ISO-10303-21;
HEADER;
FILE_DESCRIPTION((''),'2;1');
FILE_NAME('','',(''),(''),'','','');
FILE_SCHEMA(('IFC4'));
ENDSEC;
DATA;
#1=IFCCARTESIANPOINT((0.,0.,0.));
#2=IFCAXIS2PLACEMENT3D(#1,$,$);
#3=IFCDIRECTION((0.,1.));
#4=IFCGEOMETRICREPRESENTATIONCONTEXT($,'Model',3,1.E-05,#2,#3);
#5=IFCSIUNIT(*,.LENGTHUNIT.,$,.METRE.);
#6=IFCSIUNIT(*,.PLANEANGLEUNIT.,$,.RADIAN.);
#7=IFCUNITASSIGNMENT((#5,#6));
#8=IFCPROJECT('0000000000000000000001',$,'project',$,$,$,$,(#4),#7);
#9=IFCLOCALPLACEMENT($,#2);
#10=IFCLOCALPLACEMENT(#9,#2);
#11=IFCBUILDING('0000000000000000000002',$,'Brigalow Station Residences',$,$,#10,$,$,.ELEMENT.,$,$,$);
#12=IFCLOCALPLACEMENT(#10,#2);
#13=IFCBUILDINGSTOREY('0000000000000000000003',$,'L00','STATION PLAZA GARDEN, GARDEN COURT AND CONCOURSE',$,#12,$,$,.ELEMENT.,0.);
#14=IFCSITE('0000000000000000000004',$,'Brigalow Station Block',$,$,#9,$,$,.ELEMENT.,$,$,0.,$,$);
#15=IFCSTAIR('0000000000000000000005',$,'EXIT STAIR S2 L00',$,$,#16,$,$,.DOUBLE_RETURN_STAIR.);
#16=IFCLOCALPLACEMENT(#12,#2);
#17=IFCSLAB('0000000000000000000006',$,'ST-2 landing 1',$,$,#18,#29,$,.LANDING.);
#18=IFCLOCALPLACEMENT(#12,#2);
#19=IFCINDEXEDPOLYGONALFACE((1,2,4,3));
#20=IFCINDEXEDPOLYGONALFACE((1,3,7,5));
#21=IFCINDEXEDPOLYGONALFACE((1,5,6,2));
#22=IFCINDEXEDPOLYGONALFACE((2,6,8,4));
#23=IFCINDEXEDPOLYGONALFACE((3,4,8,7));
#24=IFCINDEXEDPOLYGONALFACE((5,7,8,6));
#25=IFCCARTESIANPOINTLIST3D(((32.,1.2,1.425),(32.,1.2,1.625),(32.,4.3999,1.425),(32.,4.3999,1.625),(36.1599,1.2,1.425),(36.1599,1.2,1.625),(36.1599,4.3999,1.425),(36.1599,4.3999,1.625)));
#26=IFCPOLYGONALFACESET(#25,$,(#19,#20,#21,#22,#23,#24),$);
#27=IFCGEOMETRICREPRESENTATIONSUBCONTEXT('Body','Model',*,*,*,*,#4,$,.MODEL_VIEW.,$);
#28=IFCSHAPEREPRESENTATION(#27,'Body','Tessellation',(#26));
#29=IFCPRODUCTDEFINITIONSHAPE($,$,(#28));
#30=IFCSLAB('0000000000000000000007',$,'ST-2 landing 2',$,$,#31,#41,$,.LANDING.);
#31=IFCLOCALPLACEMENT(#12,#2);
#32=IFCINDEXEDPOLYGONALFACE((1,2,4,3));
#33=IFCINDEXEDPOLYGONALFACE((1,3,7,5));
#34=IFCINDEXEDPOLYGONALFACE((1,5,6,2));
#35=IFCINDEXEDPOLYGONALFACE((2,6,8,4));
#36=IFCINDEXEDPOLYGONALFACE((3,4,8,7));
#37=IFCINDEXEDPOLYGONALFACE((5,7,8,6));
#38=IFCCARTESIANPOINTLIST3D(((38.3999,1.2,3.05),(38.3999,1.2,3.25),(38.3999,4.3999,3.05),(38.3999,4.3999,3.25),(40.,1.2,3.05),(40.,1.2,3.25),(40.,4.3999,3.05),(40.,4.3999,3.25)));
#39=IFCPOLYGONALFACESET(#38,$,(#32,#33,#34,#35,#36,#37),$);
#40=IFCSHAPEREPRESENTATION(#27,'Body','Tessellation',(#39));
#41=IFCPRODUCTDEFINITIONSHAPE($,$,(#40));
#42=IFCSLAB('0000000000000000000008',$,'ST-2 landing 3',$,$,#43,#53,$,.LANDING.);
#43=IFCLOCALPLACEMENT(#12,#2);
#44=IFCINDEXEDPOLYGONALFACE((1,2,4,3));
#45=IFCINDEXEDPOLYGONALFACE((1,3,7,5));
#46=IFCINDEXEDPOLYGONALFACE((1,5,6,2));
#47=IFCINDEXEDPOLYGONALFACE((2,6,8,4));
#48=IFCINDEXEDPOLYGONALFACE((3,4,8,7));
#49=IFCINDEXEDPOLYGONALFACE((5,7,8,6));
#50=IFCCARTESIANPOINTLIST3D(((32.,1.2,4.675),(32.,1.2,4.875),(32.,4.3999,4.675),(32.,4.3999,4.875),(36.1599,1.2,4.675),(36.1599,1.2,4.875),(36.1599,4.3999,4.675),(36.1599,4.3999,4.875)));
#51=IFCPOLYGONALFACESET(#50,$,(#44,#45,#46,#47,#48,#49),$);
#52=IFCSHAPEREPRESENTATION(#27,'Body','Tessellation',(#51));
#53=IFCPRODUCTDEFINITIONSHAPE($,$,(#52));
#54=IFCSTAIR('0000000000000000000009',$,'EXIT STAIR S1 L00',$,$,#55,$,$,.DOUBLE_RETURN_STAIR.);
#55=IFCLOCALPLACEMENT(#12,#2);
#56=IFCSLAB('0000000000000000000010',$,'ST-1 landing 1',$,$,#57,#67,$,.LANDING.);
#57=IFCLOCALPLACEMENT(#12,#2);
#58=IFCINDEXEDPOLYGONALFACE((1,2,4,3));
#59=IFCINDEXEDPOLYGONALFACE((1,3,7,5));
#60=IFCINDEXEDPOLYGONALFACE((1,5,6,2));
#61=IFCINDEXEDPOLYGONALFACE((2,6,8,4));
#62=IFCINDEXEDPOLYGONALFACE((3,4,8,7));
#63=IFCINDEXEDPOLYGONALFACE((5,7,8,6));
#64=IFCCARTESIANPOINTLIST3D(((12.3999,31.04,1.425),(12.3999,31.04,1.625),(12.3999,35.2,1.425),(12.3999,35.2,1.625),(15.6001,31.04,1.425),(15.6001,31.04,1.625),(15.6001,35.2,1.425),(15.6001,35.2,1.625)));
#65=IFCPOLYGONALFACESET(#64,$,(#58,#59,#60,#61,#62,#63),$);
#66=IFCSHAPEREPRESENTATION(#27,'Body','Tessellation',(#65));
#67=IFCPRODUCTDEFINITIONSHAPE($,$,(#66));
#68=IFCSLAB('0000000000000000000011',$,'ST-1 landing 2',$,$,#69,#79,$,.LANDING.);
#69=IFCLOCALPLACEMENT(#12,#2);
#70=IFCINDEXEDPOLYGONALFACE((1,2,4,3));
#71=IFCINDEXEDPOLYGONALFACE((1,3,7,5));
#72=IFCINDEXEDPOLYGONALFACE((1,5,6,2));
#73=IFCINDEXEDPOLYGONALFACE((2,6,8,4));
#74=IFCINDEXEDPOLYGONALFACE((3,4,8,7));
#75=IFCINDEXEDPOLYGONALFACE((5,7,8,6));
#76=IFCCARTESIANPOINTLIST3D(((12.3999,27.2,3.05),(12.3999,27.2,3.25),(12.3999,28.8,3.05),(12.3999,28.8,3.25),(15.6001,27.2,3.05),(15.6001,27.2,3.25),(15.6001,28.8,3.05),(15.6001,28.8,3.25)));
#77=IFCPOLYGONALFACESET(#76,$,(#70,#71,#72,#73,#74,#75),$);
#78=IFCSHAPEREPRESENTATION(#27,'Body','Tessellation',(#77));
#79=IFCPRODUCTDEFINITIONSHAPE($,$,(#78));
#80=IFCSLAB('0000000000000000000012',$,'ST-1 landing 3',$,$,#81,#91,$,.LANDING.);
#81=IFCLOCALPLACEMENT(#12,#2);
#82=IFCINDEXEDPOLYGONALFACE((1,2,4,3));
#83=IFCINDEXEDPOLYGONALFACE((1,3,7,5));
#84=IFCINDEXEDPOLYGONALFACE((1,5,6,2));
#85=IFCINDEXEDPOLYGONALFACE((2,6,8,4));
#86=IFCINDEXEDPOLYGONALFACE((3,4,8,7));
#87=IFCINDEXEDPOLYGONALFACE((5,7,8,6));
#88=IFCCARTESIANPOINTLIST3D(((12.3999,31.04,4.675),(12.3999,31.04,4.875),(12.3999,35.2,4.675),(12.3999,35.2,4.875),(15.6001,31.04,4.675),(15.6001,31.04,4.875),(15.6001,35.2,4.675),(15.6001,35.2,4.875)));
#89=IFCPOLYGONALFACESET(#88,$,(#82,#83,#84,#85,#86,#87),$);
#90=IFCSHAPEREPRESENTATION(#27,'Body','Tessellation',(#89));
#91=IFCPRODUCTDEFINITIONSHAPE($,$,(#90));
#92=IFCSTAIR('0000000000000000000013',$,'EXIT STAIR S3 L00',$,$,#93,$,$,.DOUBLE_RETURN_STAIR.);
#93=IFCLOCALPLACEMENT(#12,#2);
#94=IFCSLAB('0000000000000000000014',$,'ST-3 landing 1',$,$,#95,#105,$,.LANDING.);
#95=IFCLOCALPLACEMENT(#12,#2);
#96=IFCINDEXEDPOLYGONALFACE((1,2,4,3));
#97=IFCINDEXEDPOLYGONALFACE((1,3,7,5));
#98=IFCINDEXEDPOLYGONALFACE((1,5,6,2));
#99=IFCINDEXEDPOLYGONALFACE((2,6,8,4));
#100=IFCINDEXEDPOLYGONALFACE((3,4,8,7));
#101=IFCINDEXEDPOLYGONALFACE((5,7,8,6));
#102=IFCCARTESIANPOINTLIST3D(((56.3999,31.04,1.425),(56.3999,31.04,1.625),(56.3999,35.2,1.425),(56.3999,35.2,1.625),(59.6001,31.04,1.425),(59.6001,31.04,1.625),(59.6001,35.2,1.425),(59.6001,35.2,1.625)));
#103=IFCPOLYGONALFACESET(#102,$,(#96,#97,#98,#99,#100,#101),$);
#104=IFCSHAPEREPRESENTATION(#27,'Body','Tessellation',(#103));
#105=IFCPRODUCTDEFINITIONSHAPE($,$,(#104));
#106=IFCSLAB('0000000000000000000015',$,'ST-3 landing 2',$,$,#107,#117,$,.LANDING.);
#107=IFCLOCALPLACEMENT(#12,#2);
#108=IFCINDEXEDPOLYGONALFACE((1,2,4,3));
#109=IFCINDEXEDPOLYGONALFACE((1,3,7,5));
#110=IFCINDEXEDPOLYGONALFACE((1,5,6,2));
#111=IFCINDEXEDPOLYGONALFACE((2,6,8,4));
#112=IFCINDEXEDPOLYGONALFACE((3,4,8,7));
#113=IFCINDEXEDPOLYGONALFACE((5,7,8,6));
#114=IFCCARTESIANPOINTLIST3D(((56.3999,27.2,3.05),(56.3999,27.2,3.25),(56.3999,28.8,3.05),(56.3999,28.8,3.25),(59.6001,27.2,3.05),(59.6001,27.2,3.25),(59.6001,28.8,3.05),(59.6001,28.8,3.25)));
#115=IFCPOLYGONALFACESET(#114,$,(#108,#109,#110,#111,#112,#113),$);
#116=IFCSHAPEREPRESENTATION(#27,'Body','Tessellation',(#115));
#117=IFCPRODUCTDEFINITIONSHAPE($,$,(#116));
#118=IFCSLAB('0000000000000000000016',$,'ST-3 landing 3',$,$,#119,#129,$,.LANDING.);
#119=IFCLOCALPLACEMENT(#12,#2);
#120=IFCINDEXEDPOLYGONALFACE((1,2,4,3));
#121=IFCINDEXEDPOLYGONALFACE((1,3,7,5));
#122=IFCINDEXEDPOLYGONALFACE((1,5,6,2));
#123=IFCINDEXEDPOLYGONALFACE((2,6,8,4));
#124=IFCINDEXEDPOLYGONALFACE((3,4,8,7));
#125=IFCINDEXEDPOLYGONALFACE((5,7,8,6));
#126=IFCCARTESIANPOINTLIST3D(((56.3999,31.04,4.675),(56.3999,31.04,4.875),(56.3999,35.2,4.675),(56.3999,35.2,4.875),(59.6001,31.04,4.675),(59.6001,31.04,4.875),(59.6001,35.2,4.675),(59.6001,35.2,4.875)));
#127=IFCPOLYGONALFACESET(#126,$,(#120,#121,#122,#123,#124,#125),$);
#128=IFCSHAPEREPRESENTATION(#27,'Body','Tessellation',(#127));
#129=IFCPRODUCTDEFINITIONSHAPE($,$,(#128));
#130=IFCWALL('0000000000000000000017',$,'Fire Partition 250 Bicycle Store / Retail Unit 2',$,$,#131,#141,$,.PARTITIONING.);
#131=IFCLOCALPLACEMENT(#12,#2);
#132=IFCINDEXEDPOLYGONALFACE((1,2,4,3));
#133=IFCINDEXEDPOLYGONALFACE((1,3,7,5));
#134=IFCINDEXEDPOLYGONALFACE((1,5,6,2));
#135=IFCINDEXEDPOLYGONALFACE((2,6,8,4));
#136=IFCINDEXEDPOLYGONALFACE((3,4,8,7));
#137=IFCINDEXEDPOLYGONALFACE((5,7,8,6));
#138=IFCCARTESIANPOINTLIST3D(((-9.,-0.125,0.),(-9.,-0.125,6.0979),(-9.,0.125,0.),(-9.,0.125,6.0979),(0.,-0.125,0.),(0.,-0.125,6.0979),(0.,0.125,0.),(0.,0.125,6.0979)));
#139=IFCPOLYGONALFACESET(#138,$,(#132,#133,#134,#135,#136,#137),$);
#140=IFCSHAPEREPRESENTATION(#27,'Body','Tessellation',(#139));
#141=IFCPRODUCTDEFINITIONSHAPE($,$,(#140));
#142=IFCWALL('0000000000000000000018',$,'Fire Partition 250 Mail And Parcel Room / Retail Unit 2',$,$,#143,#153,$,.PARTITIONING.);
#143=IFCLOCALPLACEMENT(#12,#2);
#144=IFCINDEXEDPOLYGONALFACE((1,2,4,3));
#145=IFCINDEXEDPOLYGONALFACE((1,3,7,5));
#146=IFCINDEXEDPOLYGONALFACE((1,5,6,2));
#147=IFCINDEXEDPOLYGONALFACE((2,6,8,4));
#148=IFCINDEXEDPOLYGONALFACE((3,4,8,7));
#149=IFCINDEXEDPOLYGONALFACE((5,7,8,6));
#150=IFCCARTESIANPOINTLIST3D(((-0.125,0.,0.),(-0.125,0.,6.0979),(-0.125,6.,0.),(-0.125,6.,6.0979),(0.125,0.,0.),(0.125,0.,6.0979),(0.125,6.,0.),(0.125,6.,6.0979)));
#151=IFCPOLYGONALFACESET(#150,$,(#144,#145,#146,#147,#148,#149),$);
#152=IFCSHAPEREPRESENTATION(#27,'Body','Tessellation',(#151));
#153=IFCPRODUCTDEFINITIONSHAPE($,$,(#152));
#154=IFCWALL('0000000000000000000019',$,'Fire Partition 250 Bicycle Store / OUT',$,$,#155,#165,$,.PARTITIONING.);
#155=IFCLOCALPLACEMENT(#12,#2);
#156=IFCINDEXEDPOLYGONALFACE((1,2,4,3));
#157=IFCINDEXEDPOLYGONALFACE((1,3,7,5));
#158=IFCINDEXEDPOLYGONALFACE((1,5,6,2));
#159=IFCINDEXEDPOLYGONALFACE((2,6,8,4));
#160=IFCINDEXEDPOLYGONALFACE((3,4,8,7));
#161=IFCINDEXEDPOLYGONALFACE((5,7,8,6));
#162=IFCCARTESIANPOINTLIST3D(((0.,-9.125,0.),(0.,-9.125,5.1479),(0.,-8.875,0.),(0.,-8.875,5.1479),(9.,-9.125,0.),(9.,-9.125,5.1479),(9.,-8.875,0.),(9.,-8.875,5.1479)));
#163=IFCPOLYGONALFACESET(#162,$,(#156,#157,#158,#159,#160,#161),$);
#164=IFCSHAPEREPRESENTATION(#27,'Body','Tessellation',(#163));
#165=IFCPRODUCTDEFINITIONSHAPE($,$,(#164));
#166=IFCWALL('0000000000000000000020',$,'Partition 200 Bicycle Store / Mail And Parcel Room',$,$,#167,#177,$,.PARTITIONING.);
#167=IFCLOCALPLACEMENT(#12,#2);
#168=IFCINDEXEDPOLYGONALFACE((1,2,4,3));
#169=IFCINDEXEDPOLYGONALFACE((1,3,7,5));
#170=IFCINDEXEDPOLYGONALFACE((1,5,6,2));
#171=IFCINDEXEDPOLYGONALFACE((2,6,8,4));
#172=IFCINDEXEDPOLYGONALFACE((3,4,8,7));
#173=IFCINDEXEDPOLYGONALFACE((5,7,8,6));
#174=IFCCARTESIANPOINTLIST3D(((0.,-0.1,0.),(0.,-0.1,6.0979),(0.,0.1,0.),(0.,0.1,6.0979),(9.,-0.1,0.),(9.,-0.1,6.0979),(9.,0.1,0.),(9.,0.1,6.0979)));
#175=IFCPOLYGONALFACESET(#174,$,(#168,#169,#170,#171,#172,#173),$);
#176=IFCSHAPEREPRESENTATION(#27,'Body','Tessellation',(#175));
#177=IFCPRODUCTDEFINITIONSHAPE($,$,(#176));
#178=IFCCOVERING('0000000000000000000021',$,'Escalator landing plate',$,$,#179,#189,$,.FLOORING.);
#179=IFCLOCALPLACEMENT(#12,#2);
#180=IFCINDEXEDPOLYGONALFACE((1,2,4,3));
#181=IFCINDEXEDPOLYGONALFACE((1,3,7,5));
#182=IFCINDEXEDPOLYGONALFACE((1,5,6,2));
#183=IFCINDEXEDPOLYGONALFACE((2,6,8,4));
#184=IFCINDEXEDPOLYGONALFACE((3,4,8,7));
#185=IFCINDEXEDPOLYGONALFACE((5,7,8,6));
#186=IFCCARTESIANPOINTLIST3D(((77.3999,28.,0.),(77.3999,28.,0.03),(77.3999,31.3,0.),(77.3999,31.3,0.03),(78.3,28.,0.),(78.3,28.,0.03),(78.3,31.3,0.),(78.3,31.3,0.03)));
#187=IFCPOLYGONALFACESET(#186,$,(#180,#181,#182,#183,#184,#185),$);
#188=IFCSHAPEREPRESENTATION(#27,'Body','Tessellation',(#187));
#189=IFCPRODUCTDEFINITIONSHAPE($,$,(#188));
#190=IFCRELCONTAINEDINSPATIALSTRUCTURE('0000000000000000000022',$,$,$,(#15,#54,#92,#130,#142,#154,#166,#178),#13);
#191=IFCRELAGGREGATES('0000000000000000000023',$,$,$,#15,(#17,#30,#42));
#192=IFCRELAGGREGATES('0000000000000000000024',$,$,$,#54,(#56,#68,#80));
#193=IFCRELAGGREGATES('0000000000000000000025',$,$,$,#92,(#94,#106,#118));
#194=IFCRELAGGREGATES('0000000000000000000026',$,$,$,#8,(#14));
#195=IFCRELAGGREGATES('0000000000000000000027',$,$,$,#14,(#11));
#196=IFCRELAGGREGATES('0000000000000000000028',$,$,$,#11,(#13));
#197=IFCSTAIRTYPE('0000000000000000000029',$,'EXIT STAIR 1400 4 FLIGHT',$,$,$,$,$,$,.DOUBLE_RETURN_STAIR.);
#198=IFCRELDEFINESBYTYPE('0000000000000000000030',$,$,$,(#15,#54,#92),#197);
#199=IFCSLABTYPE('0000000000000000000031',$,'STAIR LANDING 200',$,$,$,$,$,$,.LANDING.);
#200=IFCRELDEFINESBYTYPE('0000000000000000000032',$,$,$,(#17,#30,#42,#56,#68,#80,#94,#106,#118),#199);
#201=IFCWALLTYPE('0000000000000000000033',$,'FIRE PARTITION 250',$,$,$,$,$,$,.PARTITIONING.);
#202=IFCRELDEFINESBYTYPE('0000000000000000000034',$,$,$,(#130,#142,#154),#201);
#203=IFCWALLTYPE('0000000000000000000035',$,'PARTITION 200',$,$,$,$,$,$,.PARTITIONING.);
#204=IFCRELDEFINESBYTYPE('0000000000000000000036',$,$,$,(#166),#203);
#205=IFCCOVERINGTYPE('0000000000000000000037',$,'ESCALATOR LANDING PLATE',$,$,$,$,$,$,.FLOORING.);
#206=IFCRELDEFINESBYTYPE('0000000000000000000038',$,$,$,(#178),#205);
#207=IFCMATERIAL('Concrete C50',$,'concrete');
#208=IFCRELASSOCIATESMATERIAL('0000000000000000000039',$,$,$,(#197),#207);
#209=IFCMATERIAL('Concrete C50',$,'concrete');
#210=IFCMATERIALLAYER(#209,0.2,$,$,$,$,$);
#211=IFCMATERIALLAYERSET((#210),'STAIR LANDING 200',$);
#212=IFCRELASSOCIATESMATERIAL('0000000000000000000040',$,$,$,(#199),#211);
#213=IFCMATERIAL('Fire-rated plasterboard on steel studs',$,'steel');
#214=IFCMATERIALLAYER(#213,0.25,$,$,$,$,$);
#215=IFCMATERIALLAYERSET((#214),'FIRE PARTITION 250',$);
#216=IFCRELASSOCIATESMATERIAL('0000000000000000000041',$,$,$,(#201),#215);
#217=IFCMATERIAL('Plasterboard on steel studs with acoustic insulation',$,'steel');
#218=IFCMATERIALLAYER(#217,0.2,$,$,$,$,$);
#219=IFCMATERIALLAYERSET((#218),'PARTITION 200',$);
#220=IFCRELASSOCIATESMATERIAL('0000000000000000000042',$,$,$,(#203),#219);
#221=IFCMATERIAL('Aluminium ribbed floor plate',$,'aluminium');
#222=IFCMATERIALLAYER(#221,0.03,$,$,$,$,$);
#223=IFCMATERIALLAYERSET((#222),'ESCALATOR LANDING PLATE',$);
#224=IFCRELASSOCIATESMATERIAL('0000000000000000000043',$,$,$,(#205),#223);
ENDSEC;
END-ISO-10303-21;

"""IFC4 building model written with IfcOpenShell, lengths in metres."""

from ifc_helpers import new_model, si_unit, direction, frame, frame_2d, origin, origin_with_axes, place, context, subcontext, project, spatial, polyline, rectangle, outline, extrude, material, layer, layer_set, type_object, element, aggregate, save


model = new_model("IFC4")

# Units and contexts
model_context = context("Model", 3, precision=1e-05, world=origin(), true_north=direction((0.0, 1.0)))
body_context = subcontext(model_context, "Body", "Model", "MODEL_VIEW")
ifc_project = project(units=[si_unit("LENGTHUNIT", "METRE"), si_unit("PLANEANGLEUNIT", "RADIAN")], contexts=[model_context])

# Site, building, storey
site_placement = place(None, origin())
site = spatial("IfcSite", under=ifc_project, at=site_placement, Name="Brigalow Station Block", CompositionType="ELEMENT", RefElevation=0.0)
building_placement = place(site_placement, origin())
building = spatial("IfcBuilding", under=site, at=building_placement, Name="Brigalow Station Residences", CompositionType="ELEMENT")
storey_placement = place(building_placement, origin())
storey = spatial("IfcBuildingStorey", under=building, at=storey_placement, Name="L00", Description="STATION PLAZA GARDEN, GARDEN COURT AND CONCOURSE", CompositionType="ELEMENT", Elevation=0.0)

# Stairs, slabs
ifc_material_1 = material(Name="Concrete C50", Category="concrete")
stair_type_1 = type_object("IfcStairType", Name="EXIT STAIR 1400 4 FLIGHT", PredefinedType="DOUBLE_RETURN_STAIR", material=ifc_material_1)
stair_1_placement = place(storey_placement, origin())
stair_1 = element("IfcStair", 1, at=stair_1_placement, inside=storey, type_object=stair_type_1, Name="EXIT STAIR S2 L00", PredefinedType="DOUBLE_RETURN_STAIR")
ifc_material_2 = material(Name="Concrete C50", Category="concrete")
ifc_layer_1 = layer(ifc_material_2, 0.2)
ifc_layer_set_1 = layer_set([ifc_layer_1], Name="STAIR LANDING 200")
slab_type_1 = type_object("IfcSlabType", Name="STAIR LANDING 200", PredefinedType="LANDING", material=ifc_layer_set_1)
slab_1_placement = place(storey_placement, frame((0.0, 0.0, 1.425)))
slab_1 = element("IfcSlab", 2, at=slab_1_placement, type_object=slab_type_1, Name="ST-2 landing 1", PredefinedType="LANDING", context=body_context, shape_type="SweptSolid", body=[
    extrude(outline(polyline([(32.0, 1.2), (36.1599, 1.2), (36.1599, 4.3999), (32.0, 4.3999), (32.0, 1.2)])), origin(), (0.0, 0.0, 1.0), 0.2),
])
slab_2_placement = place(storey_placement, frame((0.0, 0.0, 3.05)))
slab_2 = element("IfcSlab", 3, at=slab_2_placement, type_object=slab_type_1, Name="ST-2 landing 2", PredefinedType="LANDING", context=body_context, shape_type="SweptSolid", body=[
    extrude(outline(polyline([(38.3999, 1.2), (40.0, 1.2), (40.0, 4.3999), (38.3999, 4.3999), (38.3999, 1.2)])), origin(), (0.0, 0.0, 1.0), 0.2),
])
slab_3_placement = place(storey_placement, frame((0.0, 0.0, 4.675)))
slab_3 = element("IfcSlab", 4, at=slab_3_placement, type_object=slab_type_1, Name="ST-2 landing 3", PredefinedType="LANDING", context=body_context, shape_type="SweptSolid", body=[
    extrude(outline(polyline([(32.0, 1.2), (36.1599, 1.2), (36.1599, 4.3999), (32.0, 4.3999), (32.0, 1.2)])), origin(), (0.0, 0.0, 1.0), 0.2),
])
aggregate(stair_1, [slab_1, slab_2, slab_3])
stair_2_placement = place(storey_placement, origin())
stair_2 = element("IfcStair", 5, at=stair_2_placement, inside=storey, type_object=stair_type_1, Name="EXIT STAIR S1 L00", PredefinedType="DOUBLE_RETURN_STAIR")
slab_4_placement = place(storey_placement, frame((0.0, 0.0, 1.425)))
slab_4 = element("IfcSlab", 6, at=slab_4_placement, type_object=slab_type_1, Name="ST-1 landing 1", PredefinedType="LANDING", context=body_context, shape_type="SweptSolid", body=[
    extrude(outline(polyline([(12.3999, 31.04), (15.6001, 31.04), (15.6001, 35.2), (12.3999, 35.2), (12.3999, 31.04)])), origin(), (0.0, 0.0, 1.0), 0.2),
])
slab_5_placement = place(storey_placement, frame((0.0, 0.0, 3.05)))
slab_5 = element("IfcSlab", 7, at=slab_5_placement, type_object=slab_type_1, Name="ST-1 landing 2", PredefinedType="LANDING", context=body_context, shape_type="SweptSolid", body=[
    extrude(outline(polyline([(12.3999, 27.2), (15.6001, 27.2), (15.6001, 28.8), (12.3999, 28.8), (12.3999, 27.2)])), origin(), (0.0, 0.0, 1.0), 0.2),
])
slab_6_placement = place(storey_placement, frame((0.0, 0.0, 4.675)))
slab_6 = element("IfcSlab", 8, at=slab_6_placement, type_object=slab_type_1, Name="ST-1 landing 3", PredefinedType="LANDING", context=body_context, shape_type="SweptSolid", body=[
    extrude(outline(polyline([(12.3999, 31.04), (15.6001, 31.04), (15.6001, 35.2), (12.3999, 35.2), (12.3999, 31.04)])), origin(), (0.0, 0.0, 1.0), 0.2),
])
aggregate(stair_2, [slab_4, slab_5, slab_6])
stair_3_placement = place(storey_placement, origin())
stair_3 = element("IfcStair", 9, at=stair_3_placement, inside=storey, type_object=stair_type_1, Name="EXIT STAIR S3 L00", PredefinedType="DOUBLE_RETURN_STAIR")
slab_7_placement = place(storey_placement, frame((0.0, 0.0, 1.425)))
slab_7 = element("IfcSlab", 10, at=slab_7_placement, type_object=slab_type_1, Name="ST-3 landing 1", PredefinedType="LANDING", context=body_context, shape_type="SweptSolid", body=[
    extrude(outline(polyline([(56.3999, 31.04), (59.6001, 31.04), (59.6001, 35.2), (56.3999, 35.2), (56.3999, 31.04)])), origin(), (0.0, 0.0, 1.0), 0.2),
])
slab_8_placement = place(storey_placement, frame((0.0, 0.0, 3.05)))
slab_8 = element("IfcSlab", 11, at=slab_8_placement, type_object=slab_type_1, Name="ST-3 landing 2", PredefinedType="LANDING", context=body_context, shape_type="SweptSolid", body=[
    extrude(outline(polyline([(56.3999, 27.2), (59.6001, 27.2), (59.6001, 28.8), (56.3999, 28.8), (56.3999, 27.2)])), origin(), (0.0, 0.0, 1.0), 0.2),
])
slab_9_placement = place(storey_placement, frame((0.0, 0.0, 4.675)))
slab_9 = element("IfcSlab", 12, at=slab_9_placement, type_object=slab_type_1, Name="ST-3 landing 3", PredefinedType="LANDING", context=body_context, shape_type="SweptSolid", body=[
    extrude(outline(polyline([(56.3999, 31.04), (59.6001, 31.04), (59.6001, 35.2), (56.3999, 35.2), (56.3999, 31.04)])), origin(), (0.0, 0.0, 1.0), 0.2),
])
aggregate(stair_3, [slab_7, slab_8, slab_9])

# Walls
ifc_material_3 = material(Name="Fire-rated plasterboard on steel studs", Category="steel")
ifc_layer_2 = layer(ifc_material_3, 0.25)
ifc_layer_set_2 = layer_set([ifc_layer_2], Name="FIRE PARTITION 250")
wall_type_1 = type_object("IfcWallType", Name="FIRE PARTITION 250", PredefinedType="PARTITIONING", material=ifc_layer_set_2)
wall_1_placement = place(storey_placement, frame((-9.0, 0.0, 0.0), z_axis=(0.0, 0.0, 1.0), x_axis=(1.0, 0.0, 0.0)))
element("IfcWall", 13, at=wall_1_placement, inside=storey, type_object=wall_type_1, Name="Fire Partition 250 Bicycle Store / Retail Unit 2", PredefinedType="PARTITIONING", context=body_context, shape_type="SweptSolid", body=[
    extrude(rectangle(XDim=9.0, YDim=0.25, at=frame_2d((4.5, 0.0))), origin(), (0.0, 0.0, 1.0), 6.0979),
])
wall_2_placement = place(storey_placement, frame((0.0, 0.0, 0.0), z_axis=(0.0, 0.0, 1.0), x_axis=(0.0, 1.0, 0.0)))
element("IfcWall", 14, at=wall_2_placement, inside=storey, type_object=wall_type_1, Name="Fire Partition 250 Mail And Parcel Room / Retail Unit 2", PredefinedType="PARTITIONING", context=body_context, shape_type="SweptSolid", body=[
    extrude(rectangle(XDim=6.0, YDim=0.25, at=frame_2d((3.0, 0.0))), origin(), (0.0, 0.0, 1.0), 6.0979),
])
wall_3_placement = place(storey_placement, frame((0.0, -9.0, 0.0), z_axis=(0.0, 0.0, 1.0), x_axis=(1.0, 0.0, 0.0)))
element("IfcWall", 15, at=wall_3_placement, inside=storey, type_object=wall_type_1, Name="Fire Partition 250 Bicycle Store / OUT", PredefinedType="PARTITIONING", context=body_context, shape_type="SweptSolid", body=[
    extrude(rectangle(XDim=9.0, YDim=0.25, at=frame_2d((4.5, 0.0))), origin(), (0.0, 0.0, 1.0), 5.1479),
])
ifc_material_4 = material(Name="Plasterboard on steel studs with acoustic insulation", Category="steel")
ifc_layer_3 = layer(ifc_material_4, 0.2)
ifc_layer_set_3 = layer_set([ifc_layer_3], Name="PARTITION 200")
wall_type_2 = type_object("IfcWallType", Name="PARTITION 200", PredefinedType="PARTITIONING", material=ifc_layer_set_3)
wall_4_placement = place(storey_placement, origin_with_axes())
element("IfcWall", 16, at=wall_4_placement, inside=storey, type_object=wall_type_2, Name="Partition 200 Bicycle Store / Mail And Parcel Room", PredefinedType="PARTITIONING", context=body_context, shape_type="SweptSolid", body=[
    extrude(rectangle(XDim=9.0, YDim=0.2, at=frame_2d((4.5, 0.0))), origin(), (0.0, 0.0, 1.0), 6.0979),
])

# Covering
ifc_material_5 = material(Name="Aluminium ribbed floor plate", Category="aluminium")
ifc_layer_4 = layer(ifc_material_5, 0.03)
ifc_layer_set_4 = layer_set([ifc_layer_4], Name="ESCALATOR LANDING PLATE")
covering_type = type_object("IfcCoveringType", Name="ESCALATOR LANDING PLATE", PredefinedType="FLOORING", material=ifc_layer_set_4)
covering_placement = place(storey_placement, origin())
element("IfcCovering", 17, at=covering_placement, inside=storey, type_object=covering_type, Name="Escalator landing plate", PredefinedType="FLOORING", context=body_context, shape_type="SweptSolid", body=[
    extrude(outline(polyline([(77.3999, 28.0), (78.3, 28.0), (78.3, 31.3), (77.3999, 31.3), (77.3999, 28.0)])), origin(), (0.0, 0.0, 1.0), 0.03),
])

save(model, "model.ifc")
